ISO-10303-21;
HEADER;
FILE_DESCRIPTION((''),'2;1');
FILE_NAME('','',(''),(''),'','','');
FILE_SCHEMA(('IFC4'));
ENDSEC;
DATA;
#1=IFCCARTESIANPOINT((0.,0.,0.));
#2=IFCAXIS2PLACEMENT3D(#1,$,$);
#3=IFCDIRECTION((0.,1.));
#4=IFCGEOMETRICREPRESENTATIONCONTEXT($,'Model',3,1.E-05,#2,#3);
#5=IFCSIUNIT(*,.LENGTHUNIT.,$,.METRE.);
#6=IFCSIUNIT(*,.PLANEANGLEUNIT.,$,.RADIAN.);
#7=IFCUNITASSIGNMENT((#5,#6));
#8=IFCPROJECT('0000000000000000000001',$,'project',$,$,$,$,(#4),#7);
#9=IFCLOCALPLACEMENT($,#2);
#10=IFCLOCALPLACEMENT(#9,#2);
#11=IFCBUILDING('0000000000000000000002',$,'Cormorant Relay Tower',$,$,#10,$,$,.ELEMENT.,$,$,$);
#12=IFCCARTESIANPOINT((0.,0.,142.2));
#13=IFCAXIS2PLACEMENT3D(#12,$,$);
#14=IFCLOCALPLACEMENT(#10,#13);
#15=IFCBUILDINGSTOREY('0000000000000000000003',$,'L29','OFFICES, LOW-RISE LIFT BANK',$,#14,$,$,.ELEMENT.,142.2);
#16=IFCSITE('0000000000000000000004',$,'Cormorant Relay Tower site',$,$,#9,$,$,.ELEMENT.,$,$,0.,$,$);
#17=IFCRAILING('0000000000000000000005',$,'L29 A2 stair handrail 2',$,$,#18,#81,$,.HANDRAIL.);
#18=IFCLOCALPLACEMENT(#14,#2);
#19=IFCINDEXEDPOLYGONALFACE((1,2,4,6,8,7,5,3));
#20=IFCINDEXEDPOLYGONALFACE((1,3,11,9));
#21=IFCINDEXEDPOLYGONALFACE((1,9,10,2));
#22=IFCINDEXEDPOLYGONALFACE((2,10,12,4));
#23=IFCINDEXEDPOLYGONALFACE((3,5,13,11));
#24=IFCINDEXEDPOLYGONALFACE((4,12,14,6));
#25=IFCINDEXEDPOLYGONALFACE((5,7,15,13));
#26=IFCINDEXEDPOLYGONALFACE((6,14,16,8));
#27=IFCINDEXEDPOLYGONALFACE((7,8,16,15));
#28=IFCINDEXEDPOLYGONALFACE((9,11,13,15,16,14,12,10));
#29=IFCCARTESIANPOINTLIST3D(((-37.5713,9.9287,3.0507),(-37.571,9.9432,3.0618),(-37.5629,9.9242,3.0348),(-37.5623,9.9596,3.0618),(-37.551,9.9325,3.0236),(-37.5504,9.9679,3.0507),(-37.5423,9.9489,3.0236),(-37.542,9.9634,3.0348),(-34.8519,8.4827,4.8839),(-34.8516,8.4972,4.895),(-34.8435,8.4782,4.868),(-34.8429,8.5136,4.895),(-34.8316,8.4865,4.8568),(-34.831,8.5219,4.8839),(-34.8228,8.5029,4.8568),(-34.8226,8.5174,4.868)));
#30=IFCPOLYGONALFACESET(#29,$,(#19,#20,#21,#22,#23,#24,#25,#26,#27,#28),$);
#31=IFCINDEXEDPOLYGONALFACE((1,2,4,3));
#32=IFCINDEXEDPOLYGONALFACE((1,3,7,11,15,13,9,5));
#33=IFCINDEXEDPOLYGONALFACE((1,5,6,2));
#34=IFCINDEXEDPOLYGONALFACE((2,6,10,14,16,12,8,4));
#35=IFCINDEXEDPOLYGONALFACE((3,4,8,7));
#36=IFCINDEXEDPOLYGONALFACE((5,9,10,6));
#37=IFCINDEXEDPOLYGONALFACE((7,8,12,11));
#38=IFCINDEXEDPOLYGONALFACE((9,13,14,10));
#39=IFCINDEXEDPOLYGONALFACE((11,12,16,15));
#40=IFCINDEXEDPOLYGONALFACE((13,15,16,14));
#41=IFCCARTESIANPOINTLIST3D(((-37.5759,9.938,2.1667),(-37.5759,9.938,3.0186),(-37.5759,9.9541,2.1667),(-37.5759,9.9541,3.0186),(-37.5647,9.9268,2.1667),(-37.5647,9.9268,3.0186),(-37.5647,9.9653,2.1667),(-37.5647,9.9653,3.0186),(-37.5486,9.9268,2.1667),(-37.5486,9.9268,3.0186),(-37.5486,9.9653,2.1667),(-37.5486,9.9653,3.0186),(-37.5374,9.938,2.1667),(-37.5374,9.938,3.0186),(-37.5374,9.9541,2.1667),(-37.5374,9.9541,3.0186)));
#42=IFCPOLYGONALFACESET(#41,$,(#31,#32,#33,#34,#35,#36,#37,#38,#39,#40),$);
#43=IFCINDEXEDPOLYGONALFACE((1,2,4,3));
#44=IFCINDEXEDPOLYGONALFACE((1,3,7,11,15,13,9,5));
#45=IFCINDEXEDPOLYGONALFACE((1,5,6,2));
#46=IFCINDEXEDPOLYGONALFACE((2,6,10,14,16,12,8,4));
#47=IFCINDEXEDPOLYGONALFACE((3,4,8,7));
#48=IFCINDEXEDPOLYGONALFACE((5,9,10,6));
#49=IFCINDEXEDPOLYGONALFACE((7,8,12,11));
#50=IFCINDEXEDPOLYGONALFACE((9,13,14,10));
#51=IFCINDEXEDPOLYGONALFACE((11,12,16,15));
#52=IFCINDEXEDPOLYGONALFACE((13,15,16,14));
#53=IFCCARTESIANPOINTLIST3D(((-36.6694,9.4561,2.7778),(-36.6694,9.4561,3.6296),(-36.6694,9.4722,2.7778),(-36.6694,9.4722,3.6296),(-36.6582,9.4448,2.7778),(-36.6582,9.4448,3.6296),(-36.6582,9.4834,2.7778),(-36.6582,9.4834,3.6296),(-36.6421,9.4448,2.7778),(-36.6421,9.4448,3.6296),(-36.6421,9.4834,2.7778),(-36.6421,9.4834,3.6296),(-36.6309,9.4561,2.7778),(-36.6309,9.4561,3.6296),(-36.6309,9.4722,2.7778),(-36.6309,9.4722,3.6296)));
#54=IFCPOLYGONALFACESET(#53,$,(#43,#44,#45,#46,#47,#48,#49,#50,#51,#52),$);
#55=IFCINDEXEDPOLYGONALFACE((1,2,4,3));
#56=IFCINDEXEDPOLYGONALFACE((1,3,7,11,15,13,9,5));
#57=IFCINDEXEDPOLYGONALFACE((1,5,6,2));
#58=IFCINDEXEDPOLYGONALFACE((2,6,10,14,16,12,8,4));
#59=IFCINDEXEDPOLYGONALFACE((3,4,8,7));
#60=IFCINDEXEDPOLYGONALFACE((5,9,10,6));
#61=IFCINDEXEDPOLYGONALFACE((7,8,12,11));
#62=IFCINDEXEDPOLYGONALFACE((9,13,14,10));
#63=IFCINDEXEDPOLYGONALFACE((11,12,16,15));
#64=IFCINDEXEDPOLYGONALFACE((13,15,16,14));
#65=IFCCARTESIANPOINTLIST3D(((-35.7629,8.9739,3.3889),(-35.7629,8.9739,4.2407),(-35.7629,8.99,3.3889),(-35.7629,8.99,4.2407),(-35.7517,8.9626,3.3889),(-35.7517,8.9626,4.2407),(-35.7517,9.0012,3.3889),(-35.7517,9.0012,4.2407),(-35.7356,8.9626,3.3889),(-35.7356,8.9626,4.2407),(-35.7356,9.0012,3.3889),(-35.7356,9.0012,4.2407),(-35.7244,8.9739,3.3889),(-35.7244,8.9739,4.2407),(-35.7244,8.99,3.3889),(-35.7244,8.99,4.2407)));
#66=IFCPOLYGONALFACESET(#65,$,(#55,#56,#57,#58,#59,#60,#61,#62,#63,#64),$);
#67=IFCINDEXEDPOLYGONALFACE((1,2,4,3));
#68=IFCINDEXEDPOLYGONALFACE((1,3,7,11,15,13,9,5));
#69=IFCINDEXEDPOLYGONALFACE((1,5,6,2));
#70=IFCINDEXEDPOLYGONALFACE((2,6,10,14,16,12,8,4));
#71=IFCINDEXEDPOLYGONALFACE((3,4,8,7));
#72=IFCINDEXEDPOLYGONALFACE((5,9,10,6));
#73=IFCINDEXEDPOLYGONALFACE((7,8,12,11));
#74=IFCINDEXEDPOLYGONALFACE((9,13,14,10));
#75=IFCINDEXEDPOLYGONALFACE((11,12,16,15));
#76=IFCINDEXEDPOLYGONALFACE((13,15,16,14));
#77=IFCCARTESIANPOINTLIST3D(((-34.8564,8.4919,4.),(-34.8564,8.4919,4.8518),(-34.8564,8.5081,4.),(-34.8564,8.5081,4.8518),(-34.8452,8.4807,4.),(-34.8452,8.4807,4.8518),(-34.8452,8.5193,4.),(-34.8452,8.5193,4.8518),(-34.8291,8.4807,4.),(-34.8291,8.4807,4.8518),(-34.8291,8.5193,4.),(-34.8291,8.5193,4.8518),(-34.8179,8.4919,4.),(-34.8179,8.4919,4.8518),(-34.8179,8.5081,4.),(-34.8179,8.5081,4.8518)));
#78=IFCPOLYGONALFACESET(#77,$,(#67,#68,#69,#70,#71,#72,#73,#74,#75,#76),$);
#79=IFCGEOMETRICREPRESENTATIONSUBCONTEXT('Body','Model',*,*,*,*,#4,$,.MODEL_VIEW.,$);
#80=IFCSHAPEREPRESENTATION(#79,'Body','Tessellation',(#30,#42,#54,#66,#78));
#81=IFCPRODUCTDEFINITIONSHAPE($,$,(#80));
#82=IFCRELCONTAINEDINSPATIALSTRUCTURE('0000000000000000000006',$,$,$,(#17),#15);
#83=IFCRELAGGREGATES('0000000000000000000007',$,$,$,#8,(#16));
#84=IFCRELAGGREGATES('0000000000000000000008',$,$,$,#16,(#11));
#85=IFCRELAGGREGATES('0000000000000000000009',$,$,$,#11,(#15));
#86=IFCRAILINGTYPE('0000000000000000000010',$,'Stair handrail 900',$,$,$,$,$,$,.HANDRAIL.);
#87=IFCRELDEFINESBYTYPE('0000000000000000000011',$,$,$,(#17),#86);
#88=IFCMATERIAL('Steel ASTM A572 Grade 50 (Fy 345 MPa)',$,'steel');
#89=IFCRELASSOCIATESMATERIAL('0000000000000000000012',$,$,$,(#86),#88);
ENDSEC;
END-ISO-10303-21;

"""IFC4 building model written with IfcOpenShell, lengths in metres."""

from ifc_helpers import new_model, si_unit, direction, frame, origin, place, context, subcontext, project, spatial, polyline, outline, extrude, material, type_object, element, save


model = new_model("IFC4")

# Units and contexts
model_context = context("Model", 3, precision=1e-05, world=origin(), true_north=direction((0.0, 1.0)))
body_context = subcontext(model_context, "Body", "Model", "MODEL_VIEW")
ifc_project = project(units=[si_unit("LENGTHUNIT", "METRE"), si_unit("PLANEANGLEUNIT", "RADIAN")], contexts=[model_context])

# Site, building, storey
site_placement = place(None, origin())
site = spatial("IfcSite", under=ifc_project, at=site_placement, Name="Cormorant Relay Tower site", CompositionType="ELEMENT", RefElevation=0.0)
building_placement = place(site_placement, origin())
building = spatial("IfcBuilding", under=site, at=building_placement, Name="Cormorant Relay Tower", CompositionType="ELEMENT")
storey_placement = place(building_placement, frame((0.0, 0.0, 142.2)))
storey = spatial("IfcBuildingStorey", under=building, at=storey_placement, Name="L29", Description="OFFICES, LOW-RISE LIFT BANK", CompositionType="ELEMENT", Elevation=142.2)

# Railing
ifc_material_1 = material(Name="Steel ASTM A572 Grade 50 (Fy 345 MPa)", Category="steel")
railing_type_1 = type_object("IfcRailingType", Name="Stair handrail 900", PredefinedType="HANDRAIL", material=ifc_material_1)
railing_1_placement = place(storey_placement, frame((-37.5566, 9.946, 2.1667)))
element("IfcRailing", 1, at=railing_1_placement, inside=storey, type_object=railing_type_1, Name="L29 A2 stair handrail 2", PredefinedType="HANDRAIL", context=body_context, shape_type="SweptSolid", body=[
    extrude(outline(polyline([(0.0222, 0.0093), (0.0093, 0.0222), (-0.0093, 0.0222), (-0.0222, 0.0093), (-0.0222, -0.0093), (-0.0093, -0.0222), (0.0093, -0.0222), (0.0222, -0.0093), (0.0222, 0.0093)])), frame((0.0, 0.0, 0.876), z_axis=(0.758714, -0.403435, 0.511463), x_axis=(0.469489, 0.882938, 0.0)), (0.0, 0.0, 1.0), 3.5842),
    extrude(outline(polyline([(0.0193, 0.0081), (0.0081, 0.0193), (-0.0081, 0.0193), (-0.0193, 0.0081), (-0.0193, -0.0081), (-0.0081, -0.0193), (0.0081, -0.0193), (0.0193, -0.0081), (0.0193, 0.0081)])), origin(), (0.0, 0.0, 1.0), 0.8518),
    extrude(outline(polyline([(0.0193, 0.0081), (0.0081, 0.0193), (-0.0081, 0.0193), (-0.0193, 0.0081), (-0.0193, -0.0081), (-0.0081, -0.0193), (0.0081, -0.0193), (0.0193, -0.0081), (0.0193, 0.0081)])), frame((0.9065, -0.4819, 0.6111)), (0.0, 0.0, 1.0), 0.8518),
    extrude(outline(polyline([(0.0193, 0.0081), (0.0081, 0.0193), (-0.0081, 0.0193), (-0.0193, 0.0081), (-0.0193, -0.0081), (-0.0081, -0.0193), (0.0081, -0.0193), (0.0193, -0.0081), (0.0193, 0.0081)])), frame((1.813, -0.9641, 1.2222)), (0.0, 0.0, 1.0), 0.8518),
    extrude(outline(polyline([(0.0193, 0.0081), (0.0081, 0.0193), (-0.0081, 0.0193), (-0.0193, 0.0081), (-0.0193, -0.0081), (-0.0081, -0.0193), (0.0081, -0.0193), (0.0193, -0.0081), (0.0193, 0.0081)])), frame((2.7195, -1.446, 1.8333)), (0.0, 0.0, 1.0), 0.8518),
])

save(model, "model.ifc")
